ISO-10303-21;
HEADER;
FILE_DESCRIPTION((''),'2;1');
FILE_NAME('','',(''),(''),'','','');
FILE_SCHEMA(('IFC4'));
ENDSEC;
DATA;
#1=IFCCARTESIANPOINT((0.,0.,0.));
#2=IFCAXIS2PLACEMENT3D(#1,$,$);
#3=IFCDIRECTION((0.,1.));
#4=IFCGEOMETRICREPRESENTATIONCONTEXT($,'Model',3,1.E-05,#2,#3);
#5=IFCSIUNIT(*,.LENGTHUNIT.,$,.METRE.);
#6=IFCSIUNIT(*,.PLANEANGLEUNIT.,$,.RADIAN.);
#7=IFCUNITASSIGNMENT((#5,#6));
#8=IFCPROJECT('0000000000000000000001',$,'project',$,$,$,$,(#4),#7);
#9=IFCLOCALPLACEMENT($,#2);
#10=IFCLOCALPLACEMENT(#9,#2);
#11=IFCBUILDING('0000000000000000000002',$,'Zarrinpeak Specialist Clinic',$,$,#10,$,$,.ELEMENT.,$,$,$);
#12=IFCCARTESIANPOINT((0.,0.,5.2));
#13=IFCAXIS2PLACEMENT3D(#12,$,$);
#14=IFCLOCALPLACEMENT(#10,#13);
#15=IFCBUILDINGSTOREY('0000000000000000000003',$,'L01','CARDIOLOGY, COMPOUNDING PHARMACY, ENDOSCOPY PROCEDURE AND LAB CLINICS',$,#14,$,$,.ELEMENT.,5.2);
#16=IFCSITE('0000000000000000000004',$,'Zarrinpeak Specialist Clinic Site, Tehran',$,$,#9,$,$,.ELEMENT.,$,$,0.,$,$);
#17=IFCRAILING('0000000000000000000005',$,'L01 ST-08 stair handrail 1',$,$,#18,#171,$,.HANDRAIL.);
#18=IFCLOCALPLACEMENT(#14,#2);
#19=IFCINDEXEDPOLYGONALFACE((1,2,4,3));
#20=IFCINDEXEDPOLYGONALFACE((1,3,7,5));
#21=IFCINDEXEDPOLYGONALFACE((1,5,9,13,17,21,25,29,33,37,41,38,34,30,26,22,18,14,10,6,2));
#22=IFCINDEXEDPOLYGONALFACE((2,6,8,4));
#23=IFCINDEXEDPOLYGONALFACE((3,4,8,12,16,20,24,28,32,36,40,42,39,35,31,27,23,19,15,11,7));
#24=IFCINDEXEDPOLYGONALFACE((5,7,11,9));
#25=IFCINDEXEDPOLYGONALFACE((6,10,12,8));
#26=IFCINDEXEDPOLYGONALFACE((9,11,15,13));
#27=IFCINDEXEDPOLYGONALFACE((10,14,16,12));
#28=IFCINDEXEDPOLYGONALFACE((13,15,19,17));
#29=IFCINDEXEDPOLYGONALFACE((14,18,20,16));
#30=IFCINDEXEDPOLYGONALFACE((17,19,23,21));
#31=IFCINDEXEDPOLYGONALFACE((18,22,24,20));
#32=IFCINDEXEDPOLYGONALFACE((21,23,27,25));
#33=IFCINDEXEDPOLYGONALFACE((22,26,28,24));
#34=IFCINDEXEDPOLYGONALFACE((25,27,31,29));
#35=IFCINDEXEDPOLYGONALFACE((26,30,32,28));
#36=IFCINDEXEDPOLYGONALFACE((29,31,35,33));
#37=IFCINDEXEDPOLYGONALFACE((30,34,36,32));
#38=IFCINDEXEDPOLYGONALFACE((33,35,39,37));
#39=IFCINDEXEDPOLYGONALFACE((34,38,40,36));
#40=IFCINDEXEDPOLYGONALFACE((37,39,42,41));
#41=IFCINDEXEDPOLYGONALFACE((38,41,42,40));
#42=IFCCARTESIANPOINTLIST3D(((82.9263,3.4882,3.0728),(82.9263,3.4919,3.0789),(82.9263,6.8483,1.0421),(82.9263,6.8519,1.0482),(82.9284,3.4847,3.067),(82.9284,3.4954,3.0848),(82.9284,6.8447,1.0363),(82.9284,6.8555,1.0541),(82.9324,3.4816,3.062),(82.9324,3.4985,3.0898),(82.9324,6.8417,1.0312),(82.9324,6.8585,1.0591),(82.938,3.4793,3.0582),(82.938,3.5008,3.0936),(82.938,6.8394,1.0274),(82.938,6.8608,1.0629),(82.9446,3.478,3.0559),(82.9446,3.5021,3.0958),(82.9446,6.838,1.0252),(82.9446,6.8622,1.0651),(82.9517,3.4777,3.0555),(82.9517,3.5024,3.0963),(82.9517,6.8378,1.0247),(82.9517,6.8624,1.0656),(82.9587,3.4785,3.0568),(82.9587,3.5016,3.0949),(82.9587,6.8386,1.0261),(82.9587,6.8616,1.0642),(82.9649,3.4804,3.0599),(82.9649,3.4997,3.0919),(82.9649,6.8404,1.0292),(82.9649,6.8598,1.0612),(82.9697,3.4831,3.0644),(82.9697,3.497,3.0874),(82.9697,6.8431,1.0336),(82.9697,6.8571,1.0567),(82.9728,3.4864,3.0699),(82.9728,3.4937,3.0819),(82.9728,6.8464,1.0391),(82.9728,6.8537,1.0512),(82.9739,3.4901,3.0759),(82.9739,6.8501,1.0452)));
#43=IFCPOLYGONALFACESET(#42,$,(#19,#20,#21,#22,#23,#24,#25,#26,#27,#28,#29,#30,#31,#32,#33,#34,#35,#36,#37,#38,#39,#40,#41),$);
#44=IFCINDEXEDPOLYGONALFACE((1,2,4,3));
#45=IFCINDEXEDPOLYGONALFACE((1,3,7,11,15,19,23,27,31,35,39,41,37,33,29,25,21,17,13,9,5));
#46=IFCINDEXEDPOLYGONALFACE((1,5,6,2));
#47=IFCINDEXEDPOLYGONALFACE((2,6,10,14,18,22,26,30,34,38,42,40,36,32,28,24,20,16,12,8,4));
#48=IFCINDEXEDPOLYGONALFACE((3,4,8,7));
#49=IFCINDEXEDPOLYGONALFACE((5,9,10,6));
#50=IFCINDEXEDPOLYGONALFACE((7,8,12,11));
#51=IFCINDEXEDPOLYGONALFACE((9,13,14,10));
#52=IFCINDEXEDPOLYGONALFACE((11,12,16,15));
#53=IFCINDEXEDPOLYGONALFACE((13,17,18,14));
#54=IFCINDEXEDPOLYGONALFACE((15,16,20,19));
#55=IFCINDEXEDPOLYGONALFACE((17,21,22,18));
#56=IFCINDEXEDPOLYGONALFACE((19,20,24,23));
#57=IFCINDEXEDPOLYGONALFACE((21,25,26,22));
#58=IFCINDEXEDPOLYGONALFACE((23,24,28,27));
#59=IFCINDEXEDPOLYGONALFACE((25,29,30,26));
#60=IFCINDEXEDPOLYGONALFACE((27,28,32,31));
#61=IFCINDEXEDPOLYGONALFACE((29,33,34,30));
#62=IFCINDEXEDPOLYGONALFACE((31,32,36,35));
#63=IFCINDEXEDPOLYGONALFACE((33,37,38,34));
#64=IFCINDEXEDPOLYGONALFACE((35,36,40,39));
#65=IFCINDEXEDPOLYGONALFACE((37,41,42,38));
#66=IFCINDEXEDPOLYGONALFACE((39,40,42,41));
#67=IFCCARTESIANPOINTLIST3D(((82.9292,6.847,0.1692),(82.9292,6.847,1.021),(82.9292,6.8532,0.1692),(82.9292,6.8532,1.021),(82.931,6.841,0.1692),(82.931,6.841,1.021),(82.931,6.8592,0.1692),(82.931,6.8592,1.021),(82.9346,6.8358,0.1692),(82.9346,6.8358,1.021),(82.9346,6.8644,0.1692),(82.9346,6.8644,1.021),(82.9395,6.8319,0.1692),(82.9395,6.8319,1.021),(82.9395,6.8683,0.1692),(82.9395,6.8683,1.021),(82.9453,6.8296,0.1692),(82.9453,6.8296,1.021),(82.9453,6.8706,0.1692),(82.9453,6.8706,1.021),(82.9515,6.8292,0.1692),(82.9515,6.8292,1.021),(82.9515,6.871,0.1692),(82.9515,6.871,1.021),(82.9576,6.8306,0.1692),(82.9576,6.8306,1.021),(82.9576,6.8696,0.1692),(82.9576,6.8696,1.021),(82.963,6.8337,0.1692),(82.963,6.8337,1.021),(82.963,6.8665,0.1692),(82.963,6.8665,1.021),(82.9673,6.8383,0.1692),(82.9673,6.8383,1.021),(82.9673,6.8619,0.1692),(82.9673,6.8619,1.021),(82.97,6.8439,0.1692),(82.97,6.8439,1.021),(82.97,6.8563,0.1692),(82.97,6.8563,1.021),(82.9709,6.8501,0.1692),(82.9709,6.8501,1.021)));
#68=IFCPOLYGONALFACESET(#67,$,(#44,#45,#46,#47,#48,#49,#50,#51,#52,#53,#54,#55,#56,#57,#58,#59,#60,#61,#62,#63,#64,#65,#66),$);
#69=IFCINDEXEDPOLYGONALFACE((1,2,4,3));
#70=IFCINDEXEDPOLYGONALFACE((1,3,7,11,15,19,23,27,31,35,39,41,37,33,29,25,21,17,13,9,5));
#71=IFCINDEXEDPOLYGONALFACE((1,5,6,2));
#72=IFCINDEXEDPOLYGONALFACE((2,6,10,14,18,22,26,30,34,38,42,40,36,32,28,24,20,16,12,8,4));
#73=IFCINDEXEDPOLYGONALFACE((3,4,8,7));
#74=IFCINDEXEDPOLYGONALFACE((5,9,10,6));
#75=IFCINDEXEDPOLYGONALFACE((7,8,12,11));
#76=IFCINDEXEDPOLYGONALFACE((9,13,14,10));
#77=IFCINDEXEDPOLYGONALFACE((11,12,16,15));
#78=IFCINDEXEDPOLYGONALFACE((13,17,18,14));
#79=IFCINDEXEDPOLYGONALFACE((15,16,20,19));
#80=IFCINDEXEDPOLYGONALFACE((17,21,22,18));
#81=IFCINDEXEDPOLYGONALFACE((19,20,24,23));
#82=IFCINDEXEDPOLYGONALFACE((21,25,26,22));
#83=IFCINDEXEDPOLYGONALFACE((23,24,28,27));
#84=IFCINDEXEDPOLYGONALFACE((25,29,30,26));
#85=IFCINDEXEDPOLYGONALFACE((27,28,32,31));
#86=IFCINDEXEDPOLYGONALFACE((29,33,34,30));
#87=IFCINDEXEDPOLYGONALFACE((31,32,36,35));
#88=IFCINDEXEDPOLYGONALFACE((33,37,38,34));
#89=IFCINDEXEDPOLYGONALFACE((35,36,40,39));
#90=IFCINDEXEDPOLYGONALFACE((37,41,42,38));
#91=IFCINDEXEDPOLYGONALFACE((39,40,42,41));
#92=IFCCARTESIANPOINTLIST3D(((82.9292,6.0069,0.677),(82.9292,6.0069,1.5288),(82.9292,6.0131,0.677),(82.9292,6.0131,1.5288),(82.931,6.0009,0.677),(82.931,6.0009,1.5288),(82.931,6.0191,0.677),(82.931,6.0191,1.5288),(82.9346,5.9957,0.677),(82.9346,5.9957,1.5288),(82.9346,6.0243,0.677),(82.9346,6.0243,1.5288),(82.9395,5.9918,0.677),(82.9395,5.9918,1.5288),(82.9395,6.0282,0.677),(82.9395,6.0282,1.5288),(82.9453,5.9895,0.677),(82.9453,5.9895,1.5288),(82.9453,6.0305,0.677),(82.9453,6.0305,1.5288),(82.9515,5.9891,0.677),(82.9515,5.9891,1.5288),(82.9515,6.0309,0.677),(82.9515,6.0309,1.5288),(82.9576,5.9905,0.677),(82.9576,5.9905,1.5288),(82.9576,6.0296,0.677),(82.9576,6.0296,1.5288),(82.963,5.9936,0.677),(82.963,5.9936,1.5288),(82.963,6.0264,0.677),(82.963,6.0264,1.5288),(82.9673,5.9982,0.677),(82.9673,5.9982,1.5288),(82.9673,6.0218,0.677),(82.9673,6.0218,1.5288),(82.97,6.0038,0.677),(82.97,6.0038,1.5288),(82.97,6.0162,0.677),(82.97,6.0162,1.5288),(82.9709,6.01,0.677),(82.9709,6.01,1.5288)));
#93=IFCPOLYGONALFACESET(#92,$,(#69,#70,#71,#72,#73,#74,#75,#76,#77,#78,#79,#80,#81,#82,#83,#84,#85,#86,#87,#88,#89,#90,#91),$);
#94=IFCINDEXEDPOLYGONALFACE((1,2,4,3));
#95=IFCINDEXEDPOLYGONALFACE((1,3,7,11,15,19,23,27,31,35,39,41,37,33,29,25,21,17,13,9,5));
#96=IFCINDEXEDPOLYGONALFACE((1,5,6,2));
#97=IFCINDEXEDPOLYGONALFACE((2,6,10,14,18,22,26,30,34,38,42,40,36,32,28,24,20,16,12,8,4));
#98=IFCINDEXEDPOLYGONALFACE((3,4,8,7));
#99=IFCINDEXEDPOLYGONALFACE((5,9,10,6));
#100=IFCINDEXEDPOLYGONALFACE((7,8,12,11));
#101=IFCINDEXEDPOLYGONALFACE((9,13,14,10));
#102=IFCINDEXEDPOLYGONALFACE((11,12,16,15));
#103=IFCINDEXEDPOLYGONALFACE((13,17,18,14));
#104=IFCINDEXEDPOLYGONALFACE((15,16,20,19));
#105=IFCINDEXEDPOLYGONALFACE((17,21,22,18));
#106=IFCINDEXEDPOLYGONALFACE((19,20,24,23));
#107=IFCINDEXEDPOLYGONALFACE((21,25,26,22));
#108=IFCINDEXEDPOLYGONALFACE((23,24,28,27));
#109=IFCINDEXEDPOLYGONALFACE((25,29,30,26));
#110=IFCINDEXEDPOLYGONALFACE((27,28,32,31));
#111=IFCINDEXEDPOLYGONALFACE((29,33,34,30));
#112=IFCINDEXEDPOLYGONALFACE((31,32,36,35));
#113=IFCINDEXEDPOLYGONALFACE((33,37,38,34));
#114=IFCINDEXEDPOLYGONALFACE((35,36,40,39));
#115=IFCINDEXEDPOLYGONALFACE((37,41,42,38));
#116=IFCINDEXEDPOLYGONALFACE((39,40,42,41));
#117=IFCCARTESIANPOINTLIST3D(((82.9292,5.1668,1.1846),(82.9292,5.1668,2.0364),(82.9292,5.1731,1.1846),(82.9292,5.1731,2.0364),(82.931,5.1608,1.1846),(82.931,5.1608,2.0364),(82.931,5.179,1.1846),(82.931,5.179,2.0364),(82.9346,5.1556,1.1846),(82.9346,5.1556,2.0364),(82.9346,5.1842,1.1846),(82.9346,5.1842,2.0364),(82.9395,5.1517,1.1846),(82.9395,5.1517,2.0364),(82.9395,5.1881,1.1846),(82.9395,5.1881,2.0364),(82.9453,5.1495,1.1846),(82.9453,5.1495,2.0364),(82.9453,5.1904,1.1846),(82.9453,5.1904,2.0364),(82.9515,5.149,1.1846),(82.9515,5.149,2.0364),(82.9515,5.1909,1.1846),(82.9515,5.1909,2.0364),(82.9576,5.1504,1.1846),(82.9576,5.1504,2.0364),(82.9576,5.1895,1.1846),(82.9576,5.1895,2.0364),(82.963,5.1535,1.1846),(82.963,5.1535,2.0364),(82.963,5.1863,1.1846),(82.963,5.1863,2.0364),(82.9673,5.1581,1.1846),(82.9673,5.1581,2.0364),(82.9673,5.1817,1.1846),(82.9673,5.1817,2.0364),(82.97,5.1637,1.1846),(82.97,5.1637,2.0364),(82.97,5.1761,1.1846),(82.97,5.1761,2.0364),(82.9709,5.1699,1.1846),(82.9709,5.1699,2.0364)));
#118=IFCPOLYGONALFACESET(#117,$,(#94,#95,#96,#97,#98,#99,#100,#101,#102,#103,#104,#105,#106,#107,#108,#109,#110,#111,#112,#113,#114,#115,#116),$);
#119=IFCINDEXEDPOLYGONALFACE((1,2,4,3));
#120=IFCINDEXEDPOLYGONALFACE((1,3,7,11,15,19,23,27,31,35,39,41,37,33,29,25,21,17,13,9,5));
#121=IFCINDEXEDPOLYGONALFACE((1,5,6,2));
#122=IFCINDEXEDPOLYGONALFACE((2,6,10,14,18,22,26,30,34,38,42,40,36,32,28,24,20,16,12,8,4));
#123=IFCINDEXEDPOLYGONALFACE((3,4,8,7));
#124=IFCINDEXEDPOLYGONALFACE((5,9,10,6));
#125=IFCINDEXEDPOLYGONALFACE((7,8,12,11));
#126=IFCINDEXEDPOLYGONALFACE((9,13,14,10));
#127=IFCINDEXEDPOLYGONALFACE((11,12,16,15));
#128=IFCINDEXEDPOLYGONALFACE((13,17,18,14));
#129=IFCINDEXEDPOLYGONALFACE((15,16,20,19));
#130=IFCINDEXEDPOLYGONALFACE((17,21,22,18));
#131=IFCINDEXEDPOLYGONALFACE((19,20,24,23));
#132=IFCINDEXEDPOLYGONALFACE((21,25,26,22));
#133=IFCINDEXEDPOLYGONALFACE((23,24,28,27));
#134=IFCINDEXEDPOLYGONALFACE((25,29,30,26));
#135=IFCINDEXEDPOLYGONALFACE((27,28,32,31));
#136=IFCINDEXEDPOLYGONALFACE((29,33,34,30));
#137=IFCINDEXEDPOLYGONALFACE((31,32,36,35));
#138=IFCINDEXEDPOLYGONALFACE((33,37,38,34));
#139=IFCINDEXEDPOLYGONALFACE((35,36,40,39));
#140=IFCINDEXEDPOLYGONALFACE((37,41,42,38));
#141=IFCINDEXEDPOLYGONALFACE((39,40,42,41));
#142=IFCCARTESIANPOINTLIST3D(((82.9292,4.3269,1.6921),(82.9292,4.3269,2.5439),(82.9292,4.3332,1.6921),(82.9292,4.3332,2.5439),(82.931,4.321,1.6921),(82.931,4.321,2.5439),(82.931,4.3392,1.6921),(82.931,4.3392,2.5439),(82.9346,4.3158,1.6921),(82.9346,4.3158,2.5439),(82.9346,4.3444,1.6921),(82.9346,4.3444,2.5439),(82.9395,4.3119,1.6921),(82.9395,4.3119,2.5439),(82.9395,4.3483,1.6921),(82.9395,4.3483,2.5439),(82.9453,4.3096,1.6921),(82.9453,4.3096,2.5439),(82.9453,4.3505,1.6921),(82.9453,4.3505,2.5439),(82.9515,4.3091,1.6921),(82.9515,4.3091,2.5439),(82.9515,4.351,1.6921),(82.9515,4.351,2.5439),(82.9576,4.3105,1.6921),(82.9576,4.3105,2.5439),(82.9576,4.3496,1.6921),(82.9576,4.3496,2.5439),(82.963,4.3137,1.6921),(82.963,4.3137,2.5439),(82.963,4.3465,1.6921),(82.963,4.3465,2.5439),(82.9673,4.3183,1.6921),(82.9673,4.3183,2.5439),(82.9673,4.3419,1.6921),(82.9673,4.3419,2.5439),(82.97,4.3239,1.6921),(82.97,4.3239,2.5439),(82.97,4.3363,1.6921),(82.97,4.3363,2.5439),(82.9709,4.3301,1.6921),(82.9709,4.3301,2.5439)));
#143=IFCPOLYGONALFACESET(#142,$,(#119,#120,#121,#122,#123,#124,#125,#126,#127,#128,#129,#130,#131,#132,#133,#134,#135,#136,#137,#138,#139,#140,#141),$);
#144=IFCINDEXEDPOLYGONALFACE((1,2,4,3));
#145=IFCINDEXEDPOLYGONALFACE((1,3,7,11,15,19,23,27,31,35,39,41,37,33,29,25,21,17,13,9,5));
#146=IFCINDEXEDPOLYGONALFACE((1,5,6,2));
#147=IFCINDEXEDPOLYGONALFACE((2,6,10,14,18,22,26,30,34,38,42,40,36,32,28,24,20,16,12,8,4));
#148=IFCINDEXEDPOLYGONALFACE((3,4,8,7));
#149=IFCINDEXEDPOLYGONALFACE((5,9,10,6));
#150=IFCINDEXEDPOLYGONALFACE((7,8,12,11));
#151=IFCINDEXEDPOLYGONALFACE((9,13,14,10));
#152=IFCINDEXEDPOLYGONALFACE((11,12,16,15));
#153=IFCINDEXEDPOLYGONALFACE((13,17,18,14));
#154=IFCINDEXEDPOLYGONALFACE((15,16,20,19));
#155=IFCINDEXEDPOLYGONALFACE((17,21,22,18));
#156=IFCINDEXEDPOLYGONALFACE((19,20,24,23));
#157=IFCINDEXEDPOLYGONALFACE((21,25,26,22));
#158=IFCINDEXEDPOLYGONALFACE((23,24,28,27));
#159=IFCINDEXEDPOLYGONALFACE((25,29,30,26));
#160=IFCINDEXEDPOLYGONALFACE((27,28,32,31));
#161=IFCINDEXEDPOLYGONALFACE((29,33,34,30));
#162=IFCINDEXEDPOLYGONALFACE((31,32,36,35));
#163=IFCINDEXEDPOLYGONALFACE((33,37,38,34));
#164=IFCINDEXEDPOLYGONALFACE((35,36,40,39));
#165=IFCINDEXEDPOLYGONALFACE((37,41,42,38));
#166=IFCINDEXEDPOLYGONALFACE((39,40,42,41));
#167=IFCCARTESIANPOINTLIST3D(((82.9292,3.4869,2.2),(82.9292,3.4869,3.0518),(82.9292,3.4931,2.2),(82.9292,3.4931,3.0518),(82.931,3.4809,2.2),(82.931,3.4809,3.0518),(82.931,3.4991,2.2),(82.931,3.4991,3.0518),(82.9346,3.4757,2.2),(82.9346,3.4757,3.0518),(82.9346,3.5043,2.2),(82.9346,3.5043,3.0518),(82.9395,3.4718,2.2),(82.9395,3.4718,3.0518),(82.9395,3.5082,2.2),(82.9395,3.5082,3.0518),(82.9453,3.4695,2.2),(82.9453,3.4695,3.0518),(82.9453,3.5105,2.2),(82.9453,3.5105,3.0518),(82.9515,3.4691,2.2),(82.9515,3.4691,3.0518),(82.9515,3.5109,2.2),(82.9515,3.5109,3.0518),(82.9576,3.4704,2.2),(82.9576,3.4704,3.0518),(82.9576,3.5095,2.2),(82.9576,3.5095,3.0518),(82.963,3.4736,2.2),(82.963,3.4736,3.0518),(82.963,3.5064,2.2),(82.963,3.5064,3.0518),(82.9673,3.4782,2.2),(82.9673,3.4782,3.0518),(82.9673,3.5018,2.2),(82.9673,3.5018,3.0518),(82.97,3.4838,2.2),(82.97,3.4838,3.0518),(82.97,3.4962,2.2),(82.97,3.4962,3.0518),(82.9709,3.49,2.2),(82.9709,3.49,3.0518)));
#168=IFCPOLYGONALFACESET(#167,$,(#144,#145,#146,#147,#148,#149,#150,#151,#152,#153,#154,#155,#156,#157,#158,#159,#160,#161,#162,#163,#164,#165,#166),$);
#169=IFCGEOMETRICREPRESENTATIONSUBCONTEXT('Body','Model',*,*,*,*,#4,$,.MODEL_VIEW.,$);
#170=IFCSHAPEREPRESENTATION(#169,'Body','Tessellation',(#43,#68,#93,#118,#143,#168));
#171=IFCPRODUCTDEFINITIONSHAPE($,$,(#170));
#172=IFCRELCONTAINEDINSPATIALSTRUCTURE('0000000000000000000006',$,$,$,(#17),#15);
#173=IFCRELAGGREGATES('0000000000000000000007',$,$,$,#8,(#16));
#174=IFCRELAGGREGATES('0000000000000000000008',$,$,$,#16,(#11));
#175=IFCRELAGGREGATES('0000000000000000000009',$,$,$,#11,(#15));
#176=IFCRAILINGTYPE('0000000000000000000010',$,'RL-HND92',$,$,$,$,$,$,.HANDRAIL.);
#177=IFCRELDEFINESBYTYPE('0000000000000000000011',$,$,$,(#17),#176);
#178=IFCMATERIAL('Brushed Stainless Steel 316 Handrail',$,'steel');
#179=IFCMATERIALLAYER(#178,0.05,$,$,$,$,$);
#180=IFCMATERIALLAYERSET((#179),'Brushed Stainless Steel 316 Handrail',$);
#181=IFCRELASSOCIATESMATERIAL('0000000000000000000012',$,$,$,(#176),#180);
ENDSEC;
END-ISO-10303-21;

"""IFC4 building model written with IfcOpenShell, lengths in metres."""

from ifc_helpers import new_model, si_unit, direction, frame, origin, origin_2d, place, context, subcontext, project, spatial, circle, extrude, material, layer, layer_set, type_object, element, save


model = new_model("IFC4")

# Units and contexts
model_context = context("Model", 3, precision=1e-05, world=origin(), true_north=direction((0.0, 1.0)))
body_context = subcontext(model_context, "Body", "Model", "MODEL_VIEW")
ifc_project = project(units=[si_unit("LENGTHUNIT", "METRE"), si_unit("PLANEANGLEUNIT", "RADIAN")], contexts=[model_context])

# Site, building, storey
site_placement = place(None, origin())
site = spatial("IfcSite", under=ifc_project, at=site_placement, Name="Zarrinpeak Specialist Clinic Site, Tehran", CompositionType="ELEMENT", RefElevation=0.0)
building_placement = place(site_placement, origin())
building = spatial("IfcBuilding", under=site, at=building_placement, Name="Zarrinpeak Specialist Clinic", CompositionType="ELEMENT")
storey_placement = place(building_placement, frame((0.0, 0.0, 5.2)))
storey = spatial("IfcBuildingStorey", under=building, at=storey_placement, Name="L01", Description="CARDIOLOGY, COMPOUNDING PHARMACY, ENDOSCOPY PROCEDURE AND LAB CLINICS", CompositionType="ELEMENT", Elevation=5.2)

# Railing
ifc_material_1 = material(Name="Brushed Stainless Steel 316 Handrail", Category="steel")
ifc_layer_1 = layer(ifc_material_1, 0.05)
ifc_layer_set_1 = layer_set([ifc_layer_1], Name="Brushed Stainless Steel 316 Handrail")
railing_type_1 = type_object("IfcRailingType", Name="RL-HND92", PredefinedType="HANDRAIL", material=ifc_layer_set_1)
railing_1_placement = place(storey_placement, frame((82.95, 6.8501, 0.1692)))
element("IfcRailing", 1, at=railing_1_placement, inside=storey, type_object=railing_type_1, Name="L01 ST-08 stair handrail 1", PredefinedType="HANDRAIL", context=body_context, shape_type="SweptSolid", body=[
    extrude(circle(Radius=0.0239, at=origin_2d()), frame((0.0, 0.0, 0.876), z_axis=(0.0, -0.855837, 0.517246), x_axis=(1.0, 0.0, 0.0)), (0.0, 0.0, 1.0), 3.926),
    extrude(circle(Radius=0.021, at=origin_2d()), origin(), (0.0, 0.0, 1.0), 0.8518),
    extrude(circle(Radius=0.021, at=origin_2d()), frame((0.0, -0.8401, 0.5078)), (0.0, 0.0, 1.0), 0.8518),
    extrude(circle(Radius=0.021, at=origin_2d()), frame((0.0, -1.6802, 1.0154)), (0.0, 0.0, 1.0), 0.8518),
    extrude(circle(Radius=0.021, at=origin_2d()), frame((0.0, -2.52, 1.5229)), (0.0, 0.0, 1.0), 0.8518),
    extrude(circle(Radius=0.021, at=origin_2d()), frame((0.0, -3.3601, 2.0308)), (0.0, 0.0, 1.0), 0.8518),
])

save(model, "model.ifc")
